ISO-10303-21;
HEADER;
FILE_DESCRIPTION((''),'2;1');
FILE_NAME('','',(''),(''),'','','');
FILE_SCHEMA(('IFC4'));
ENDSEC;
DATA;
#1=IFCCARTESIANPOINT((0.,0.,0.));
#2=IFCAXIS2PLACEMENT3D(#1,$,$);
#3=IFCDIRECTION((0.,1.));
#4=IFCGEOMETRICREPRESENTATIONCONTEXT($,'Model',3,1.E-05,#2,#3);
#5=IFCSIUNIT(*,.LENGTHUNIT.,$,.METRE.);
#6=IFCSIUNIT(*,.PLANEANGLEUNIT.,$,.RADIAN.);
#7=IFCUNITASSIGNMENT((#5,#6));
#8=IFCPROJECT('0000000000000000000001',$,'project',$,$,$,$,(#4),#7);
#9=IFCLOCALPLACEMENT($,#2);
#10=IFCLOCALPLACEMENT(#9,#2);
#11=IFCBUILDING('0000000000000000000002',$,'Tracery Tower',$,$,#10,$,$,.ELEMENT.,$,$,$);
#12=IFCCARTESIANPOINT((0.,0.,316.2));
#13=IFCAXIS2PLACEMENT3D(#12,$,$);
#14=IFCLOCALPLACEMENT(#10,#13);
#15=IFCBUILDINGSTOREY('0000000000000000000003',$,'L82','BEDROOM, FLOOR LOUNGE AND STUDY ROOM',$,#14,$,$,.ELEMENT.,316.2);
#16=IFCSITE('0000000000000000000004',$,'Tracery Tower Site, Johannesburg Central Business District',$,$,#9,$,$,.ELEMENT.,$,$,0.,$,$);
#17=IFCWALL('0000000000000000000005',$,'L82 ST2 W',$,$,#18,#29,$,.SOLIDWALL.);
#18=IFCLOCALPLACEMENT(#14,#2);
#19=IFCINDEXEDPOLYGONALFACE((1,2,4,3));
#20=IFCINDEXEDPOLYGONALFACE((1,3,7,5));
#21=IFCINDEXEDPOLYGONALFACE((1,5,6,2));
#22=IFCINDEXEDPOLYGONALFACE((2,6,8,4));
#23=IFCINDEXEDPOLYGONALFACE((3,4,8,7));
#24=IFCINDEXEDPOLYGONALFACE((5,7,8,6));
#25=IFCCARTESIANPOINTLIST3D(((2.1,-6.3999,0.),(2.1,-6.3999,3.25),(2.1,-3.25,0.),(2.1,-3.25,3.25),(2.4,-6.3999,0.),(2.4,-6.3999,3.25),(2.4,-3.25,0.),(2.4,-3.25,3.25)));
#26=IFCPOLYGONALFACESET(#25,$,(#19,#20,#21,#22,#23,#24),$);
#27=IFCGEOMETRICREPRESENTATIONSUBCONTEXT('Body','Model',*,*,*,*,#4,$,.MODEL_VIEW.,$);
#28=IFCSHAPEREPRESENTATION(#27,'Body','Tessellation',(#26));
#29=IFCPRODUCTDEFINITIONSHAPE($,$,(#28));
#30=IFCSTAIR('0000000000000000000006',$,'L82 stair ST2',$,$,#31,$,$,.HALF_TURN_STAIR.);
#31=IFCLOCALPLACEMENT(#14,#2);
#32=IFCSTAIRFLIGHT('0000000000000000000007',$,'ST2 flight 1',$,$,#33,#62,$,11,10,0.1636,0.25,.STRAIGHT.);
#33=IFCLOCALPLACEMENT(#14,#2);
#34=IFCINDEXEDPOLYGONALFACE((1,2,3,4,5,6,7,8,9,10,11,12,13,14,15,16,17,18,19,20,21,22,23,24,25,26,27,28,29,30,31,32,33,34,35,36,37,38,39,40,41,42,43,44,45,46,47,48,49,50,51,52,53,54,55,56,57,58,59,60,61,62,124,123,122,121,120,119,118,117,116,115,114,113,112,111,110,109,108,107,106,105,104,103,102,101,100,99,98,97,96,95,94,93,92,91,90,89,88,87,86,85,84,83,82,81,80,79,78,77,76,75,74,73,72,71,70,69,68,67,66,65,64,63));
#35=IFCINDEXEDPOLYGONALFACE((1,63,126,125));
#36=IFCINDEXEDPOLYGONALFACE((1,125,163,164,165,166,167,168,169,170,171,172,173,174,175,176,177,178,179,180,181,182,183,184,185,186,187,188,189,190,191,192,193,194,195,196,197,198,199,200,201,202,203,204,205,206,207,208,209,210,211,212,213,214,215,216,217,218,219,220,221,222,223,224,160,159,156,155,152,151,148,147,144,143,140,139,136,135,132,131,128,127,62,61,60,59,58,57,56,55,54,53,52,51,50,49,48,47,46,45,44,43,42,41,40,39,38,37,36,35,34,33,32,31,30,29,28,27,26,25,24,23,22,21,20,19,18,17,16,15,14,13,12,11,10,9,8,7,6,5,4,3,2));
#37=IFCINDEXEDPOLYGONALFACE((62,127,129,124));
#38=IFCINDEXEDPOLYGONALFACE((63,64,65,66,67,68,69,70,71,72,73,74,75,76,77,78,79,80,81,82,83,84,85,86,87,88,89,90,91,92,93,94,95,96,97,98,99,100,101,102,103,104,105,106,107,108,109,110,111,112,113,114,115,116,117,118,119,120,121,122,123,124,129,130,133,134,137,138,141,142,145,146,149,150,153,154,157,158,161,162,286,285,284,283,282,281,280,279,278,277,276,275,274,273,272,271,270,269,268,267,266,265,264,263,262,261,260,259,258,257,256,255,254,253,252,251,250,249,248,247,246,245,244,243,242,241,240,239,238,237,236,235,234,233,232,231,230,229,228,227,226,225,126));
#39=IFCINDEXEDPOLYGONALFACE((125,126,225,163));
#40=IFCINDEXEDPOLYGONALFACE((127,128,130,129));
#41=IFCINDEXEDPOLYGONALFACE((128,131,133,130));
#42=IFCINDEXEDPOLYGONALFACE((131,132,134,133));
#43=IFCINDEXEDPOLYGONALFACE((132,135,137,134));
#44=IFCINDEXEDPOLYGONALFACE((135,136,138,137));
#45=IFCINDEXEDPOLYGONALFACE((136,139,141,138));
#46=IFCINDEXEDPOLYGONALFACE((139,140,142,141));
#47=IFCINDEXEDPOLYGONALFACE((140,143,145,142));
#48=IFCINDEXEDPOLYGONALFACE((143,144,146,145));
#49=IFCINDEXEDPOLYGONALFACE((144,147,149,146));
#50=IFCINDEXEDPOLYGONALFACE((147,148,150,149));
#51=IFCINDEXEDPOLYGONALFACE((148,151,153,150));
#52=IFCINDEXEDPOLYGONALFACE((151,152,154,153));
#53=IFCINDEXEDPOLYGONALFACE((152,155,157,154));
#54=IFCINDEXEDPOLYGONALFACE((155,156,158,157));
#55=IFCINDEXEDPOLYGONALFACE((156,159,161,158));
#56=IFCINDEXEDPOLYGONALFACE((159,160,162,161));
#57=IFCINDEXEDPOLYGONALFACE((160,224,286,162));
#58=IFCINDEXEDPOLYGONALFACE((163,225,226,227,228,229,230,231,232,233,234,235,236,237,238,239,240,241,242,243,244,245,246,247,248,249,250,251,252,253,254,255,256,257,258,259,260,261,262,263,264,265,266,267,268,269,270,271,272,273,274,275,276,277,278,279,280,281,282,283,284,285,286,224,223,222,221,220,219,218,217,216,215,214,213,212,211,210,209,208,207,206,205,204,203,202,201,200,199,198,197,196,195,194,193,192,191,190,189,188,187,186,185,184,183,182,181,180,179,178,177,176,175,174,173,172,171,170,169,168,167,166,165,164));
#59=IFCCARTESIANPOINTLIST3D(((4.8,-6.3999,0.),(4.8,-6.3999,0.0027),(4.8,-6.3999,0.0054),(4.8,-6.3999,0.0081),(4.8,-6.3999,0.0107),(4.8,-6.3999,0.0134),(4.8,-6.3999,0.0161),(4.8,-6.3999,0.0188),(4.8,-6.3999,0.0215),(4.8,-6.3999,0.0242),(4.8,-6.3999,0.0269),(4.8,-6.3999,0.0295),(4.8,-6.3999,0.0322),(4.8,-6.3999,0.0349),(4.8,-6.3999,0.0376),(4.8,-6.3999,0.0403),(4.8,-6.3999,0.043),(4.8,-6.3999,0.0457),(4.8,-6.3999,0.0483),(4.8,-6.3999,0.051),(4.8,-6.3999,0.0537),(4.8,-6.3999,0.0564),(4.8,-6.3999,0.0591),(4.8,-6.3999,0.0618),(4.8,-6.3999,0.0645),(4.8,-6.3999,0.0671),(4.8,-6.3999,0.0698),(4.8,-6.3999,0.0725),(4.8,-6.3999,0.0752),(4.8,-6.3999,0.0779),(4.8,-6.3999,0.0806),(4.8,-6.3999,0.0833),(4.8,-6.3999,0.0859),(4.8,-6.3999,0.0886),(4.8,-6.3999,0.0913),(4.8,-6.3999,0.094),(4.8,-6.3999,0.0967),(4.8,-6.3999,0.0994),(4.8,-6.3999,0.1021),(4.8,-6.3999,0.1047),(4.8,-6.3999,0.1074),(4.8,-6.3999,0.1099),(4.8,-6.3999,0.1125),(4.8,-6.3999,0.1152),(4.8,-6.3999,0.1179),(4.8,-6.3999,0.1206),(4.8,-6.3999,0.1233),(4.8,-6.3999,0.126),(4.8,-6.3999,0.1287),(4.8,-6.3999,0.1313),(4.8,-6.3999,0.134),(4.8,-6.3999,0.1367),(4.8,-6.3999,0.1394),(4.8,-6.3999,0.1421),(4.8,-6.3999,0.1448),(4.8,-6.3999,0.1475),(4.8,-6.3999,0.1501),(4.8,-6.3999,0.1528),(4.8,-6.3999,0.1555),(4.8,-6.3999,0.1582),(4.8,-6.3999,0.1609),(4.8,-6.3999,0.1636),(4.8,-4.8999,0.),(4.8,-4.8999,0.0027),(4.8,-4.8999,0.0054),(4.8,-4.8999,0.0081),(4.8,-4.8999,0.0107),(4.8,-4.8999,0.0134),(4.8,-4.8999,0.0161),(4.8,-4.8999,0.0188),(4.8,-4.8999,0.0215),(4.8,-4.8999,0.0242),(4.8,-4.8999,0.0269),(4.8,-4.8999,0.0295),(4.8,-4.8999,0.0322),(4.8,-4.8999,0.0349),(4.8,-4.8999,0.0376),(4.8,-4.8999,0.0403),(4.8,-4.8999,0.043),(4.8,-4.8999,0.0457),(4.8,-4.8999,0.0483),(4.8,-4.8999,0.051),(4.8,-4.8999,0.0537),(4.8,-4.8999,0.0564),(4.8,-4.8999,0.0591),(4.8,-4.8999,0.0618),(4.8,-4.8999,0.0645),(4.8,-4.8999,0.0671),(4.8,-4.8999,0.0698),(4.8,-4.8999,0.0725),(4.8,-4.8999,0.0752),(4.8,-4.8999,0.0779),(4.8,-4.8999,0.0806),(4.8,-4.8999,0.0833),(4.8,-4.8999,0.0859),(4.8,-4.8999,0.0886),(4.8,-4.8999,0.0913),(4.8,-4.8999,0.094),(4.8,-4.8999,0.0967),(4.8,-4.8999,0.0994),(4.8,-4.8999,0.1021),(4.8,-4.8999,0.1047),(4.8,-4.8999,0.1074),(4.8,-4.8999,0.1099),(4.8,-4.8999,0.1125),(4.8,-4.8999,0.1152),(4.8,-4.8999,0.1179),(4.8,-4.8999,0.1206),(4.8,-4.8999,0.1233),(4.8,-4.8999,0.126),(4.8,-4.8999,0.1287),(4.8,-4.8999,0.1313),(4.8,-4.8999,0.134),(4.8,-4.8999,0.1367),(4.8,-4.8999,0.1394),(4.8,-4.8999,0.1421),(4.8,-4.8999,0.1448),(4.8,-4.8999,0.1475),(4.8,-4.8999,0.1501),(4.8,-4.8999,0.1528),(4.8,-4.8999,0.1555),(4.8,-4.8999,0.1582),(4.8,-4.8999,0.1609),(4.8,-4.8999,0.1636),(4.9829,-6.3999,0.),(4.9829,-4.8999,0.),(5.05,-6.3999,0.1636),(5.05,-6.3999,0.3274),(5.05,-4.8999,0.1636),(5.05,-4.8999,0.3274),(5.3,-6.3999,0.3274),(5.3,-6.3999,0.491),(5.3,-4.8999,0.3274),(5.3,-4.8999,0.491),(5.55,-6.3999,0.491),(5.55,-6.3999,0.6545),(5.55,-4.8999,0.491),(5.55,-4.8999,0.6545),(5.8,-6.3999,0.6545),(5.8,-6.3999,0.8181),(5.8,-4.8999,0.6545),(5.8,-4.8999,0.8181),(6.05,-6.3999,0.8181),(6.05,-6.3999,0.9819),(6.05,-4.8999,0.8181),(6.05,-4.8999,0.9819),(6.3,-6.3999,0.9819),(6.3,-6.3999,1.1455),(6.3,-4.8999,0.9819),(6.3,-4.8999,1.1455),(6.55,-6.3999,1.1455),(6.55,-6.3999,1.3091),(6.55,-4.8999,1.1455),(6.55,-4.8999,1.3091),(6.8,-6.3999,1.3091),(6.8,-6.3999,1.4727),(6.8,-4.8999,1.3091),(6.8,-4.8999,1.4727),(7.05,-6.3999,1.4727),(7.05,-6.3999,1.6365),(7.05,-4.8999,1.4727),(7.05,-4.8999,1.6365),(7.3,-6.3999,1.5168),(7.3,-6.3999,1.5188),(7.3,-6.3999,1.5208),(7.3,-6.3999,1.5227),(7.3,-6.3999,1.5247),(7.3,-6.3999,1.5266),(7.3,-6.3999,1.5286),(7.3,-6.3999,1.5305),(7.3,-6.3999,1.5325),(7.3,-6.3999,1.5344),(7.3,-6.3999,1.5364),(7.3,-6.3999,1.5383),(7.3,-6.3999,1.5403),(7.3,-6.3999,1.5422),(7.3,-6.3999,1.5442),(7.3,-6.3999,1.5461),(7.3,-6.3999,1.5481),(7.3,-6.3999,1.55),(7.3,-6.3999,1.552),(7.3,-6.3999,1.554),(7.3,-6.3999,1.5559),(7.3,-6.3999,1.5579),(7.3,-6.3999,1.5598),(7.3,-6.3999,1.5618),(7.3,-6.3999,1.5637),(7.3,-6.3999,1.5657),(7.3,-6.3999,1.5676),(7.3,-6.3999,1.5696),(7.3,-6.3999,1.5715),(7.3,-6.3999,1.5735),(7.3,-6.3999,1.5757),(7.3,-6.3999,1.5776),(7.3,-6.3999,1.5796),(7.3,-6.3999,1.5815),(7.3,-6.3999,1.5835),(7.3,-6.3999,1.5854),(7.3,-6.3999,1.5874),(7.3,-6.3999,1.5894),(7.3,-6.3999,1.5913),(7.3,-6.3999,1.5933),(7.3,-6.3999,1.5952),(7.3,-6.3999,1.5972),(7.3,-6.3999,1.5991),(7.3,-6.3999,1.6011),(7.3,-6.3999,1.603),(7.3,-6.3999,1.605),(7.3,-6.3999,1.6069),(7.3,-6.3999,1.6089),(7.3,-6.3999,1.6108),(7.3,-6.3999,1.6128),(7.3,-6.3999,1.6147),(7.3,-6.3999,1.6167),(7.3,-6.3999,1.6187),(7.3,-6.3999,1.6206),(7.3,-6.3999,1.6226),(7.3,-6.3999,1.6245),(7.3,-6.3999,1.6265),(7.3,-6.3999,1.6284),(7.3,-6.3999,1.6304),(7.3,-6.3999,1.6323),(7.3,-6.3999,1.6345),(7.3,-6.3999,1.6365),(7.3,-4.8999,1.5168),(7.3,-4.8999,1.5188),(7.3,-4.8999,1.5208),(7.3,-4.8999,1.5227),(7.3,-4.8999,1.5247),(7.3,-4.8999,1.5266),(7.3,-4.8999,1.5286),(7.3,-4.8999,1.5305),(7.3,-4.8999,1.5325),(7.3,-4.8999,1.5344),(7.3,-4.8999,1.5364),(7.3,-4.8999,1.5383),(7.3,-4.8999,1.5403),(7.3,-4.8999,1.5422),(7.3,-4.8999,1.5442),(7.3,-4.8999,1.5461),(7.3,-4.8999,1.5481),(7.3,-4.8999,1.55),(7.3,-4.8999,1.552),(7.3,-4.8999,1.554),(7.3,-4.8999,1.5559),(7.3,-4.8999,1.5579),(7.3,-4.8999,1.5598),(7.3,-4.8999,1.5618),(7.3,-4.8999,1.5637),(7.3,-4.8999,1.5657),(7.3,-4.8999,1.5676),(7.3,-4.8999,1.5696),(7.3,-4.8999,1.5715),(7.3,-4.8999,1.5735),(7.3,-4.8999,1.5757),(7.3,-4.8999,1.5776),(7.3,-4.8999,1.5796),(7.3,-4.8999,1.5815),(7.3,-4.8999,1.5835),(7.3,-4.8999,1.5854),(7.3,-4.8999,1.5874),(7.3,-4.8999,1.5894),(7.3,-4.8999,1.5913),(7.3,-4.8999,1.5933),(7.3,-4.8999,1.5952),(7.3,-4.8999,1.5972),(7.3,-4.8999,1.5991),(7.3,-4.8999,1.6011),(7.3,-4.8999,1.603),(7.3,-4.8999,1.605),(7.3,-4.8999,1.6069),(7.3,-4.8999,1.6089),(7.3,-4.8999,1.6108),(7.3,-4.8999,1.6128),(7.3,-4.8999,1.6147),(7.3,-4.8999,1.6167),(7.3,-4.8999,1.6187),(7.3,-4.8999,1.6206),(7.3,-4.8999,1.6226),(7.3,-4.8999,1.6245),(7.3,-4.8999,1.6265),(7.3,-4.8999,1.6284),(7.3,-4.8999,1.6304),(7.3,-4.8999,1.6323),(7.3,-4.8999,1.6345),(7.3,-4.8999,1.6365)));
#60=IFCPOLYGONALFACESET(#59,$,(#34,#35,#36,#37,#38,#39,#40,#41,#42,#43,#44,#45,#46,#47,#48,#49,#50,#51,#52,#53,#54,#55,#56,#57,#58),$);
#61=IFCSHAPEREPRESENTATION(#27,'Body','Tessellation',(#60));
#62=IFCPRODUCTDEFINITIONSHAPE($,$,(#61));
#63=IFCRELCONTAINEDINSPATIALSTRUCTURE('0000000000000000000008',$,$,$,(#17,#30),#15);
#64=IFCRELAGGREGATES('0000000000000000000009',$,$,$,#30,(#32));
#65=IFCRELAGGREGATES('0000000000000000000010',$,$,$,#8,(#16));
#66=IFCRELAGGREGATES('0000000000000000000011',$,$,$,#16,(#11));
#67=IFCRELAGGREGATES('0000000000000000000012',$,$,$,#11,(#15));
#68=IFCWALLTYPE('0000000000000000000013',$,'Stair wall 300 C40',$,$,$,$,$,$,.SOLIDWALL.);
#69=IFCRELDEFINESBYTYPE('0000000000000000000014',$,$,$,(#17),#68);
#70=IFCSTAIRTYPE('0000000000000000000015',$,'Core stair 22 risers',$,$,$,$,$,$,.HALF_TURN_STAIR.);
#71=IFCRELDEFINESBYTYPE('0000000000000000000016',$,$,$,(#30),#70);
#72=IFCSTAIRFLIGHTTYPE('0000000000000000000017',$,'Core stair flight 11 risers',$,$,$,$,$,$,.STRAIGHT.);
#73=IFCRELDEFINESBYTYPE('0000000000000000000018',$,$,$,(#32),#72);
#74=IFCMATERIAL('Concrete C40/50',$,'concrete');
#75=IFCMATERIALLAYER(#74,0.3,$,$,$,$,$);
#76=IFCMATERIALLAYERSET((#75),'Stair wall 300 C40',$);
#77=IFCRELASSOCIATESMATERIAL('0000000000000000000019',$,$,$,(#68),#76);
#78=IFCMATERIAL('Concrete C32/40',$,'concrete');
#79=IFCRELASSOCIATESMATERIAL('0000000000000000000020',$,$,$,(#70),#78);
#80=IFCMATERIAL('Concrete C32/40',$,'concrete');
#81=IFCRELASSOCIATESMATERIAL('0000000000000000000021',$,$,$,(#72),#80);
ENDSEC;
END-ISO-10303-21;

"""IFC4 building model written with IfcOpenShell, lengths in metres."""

from ifc_helpers import new_model, si_unit, direction, frame, frame_2d, origin, place, context, subcontext, project, spatial, polyline, rectangle, outline, extrude, material, layer, layer_set, type_object, element, aggregate, save


model = new_model("IFC4")

# Units and contexts
model_context = context("Model", 3, precision=1e-05, world=origin(), true_north=direction((0.0, 1.0)))
body_context = subcontext(model_context, "Body", "Model", "MODEL_VIEW")
ifc_project = project(units=[si_unit("LENGTHUNIT", "METRE"), si_unit("PLANEANGLEUNIT", "RADIAN")], contexts=[model_context])

# Site, building, storey
site_placement = place(None, origin())
site = spatial("IfcSite", under=ifc_project, at=site_placement, Name="Tracery Tower Site, Johannesburg Central Business District", CompositionType="ELEMENT", RefElevation=0.0)
building_placement = place(site_placement, origin())
building = spatial("IfcBuilding", under=site, at=building_placement, Name="Tracery Tower", CompositionType="ELEMENT")
storey_placement = place(building_placement, frame((0.0, 0.0, 316.2)))
storey = spatial("IfcBuildingStorey", under=building, at=storey_placement, Name="L82", Description="BEDROOM, FLOOR LOUNGE AND STUDY ROOM", CompositionType="ELEMENT", Elevation=316.2)

# Shared definitions
ifc_material_1 = material(Name="Concrete C40/50", Category="concrete")
ifc_layer_1 = layer(ifc_material_1, 0.3)
ifc_layer_set_1 = layer_set([ifc_layer_1], Name="Stair wall 300 C40")
wall_type_1 = type_object("IfcWallType", Name="Stair wall 300 C40", PredefinedType="SOLIDWALL", material=ifc_layer_set_1)

# Wall
wall_1_placement = place(storey_placement, frame((2.25, -6.3999, 0.0), z_axis=(0.0, 0.0, 1.0), x_axis=(0.0, 1.0, 0.0)))
element("IfcWall", 1, at=wall_1_placement, inside=storey, type_object=wall_type_1, Name="L82 ST2 W", PredefinedType="SOLIDWALL", context=body_context, shape_type="SweptSolid", body=[
    extrude(rectangle(XDim=3.1499, YDim=0.3, at=frame_2d((1.575, 0.0))), origin(), (0.0, 0.0, 1.0), 3.25),
])

# Stair, stair flight
ifc_material_2 = material(Name="Concrete C32/40", Category="concrete")
stair_type = type_object("IfcStairType", Name="Core stair 22 risers", PredefinedType="HALF_TURN_STAIR", material=ifc_material_2)
stair_placement = place(storey_placement, origin())
stair = element("IfcStair", 2, at=stair_placement, inside=storey, type_object=stair_type, Name="L82 stair ST2", PredefinedType="HALF_TURN_STAIR")
ifc_material_3 = material(Name="Concrete C32/40", Category="concrete")
stair_flight_type = type_object("IfcStairFlightType", Name="Core stair flight 11 risers", PredefinedType="STRAIGHT", material=ifc_material_3)
stair_flight_placement = place(storey_placement, frame((4.8, -5.6499, 0.0), z_axis=(0.0, 0.0, 1.0), x_axis=(1.0, 0.0, 0.0)))
stair_flight = element("IfcStairFlight", 3, at=stair_flight_placement, type_object=stair_flight_type, Name="ST2 flight 1", NumberOfRisers=11, NumberOfTreads=10, PredefinedType="STRAIGHT", RiserHeight=0.1636, TreadLength=0.25, context=body_context, shape_type="SweptSolid", body=[
    extrude(outline(polyline([(0.0, 0.0), (0.0, 0.0027), (0.0, 0.0054), (0.0, 0.0081), (0.0, 0.0107), (0.0, 0.0134), (0.0, 0.0161), (0.0, 0.0188), (0.0, 0.0215), (0.0, 0.0242), (0.0, 0.0269), (0.0, 0.0295), (0.0, 0.0322), (0.0, 0.0349), (0.0, 0.0376), (0.0, 0.0403), (0.0, 0.043), (0.0, 0.0457), (0.0, 0.0483), (0.0, 0.051), (0.0, 0.0537), (0.0, 0.0564), (0.0, 0.0591), (0.0, 0.0618), (0.0, 0.0645), (0.0, 0.0671), (0.0, 0.0698), (0.0, 0.0725), (0.0, 0.0752), (0.0, 0.0779), (0.0, 0.0806), (0.0, 0.0833), (0.0, 0.0859), (0.0, 0.0886), (0.0, 0.0913), (0.0, 0.094), (0.0, 0.0967), (0.0, 0.0994), (0.0, 0.1021), (0.0, 0.1047), (0.0, 0.1074), (0.0, 0.1099), (0.0, 0.1125), (0.0, 0.1152), (0.0, 0.1179), (0.0, 0.1206), (0.0, 0.1233), (0.0, 0.126), (0.0, 0.1287), (0.0, 0.1313), (0.0, 0.134), (0.0, 0.1367), (0.0, 0.1394), (0.0, 0.1421), (0.0, 0.1448), (0.0, 0.1475), (0.0, 0.1501), (0.0, 0.1528), (0.0, 0.1555), (0.0, 0.1582), (0.0, 0.1609), (0.0, 0.1636), (0.25, 0.1636), (0.25, 0.3274), (0.5, 0.3274), (0.5, 0.491), (0.75, 0.491), (0.75, 0.6545), (1.0, 0.6545), (1.0, 0.8181), (1.25, 0.8181), (1.25, 0.9819), (1.5, 0.9819), (1.5, 1.1455), (1.75, 1.1455), (1.75, 1.3091), (2.0, 1.3091), (2.0, 1.4727), (2.25, 1.4727), (2.25, 1.6365), (2.5, 1.6365), (2.5, 1.6345), (2.5, 1.6323), (2.5, 1.6304), (2.5, 1.6284), (2.5, 1.6265), (2.5, 1.6245), (2.5, 1.6226), (2.5, 1.6206), (2.5, 1.6187), (2.5, 1.6167), (2.5, 1.6147), (2.5, 1.6128), (2.5, 1.6108), (2.5, 1.6089), (2.5, 1.6069), (2.5, 1.605), (2.5, 1.603), (2.5, 1.6011), (2.5, 1.5991), (2.5, 1.5972), (2.5, 1.5952), (2.5, 1.5933), (2.5, 1.5913), (2.5, 1.5894), (2.5, 1.5874), (2.5, 1.5854), (2.5, 1.5835), (2.5, 1.5815), (2.5, 1.5796), (2.5, 1.5776), (2.5, 1.5757), (2.5, 1.5735), (2.5, 1.5715), (2.5, 1.5696), (2.5, 1.5676), (2.5, 1.5657), (2.5, 1.5637), (2.5, 1.5618), (2.5, 1.5598), (2.5, 1.5579), (2.5, 1.5559), (2.5, 1.554), (2.5, 1.552), (2.5, 1.55), (2.5, 1.5481), (2.5, 1.5461), (2.5, 1.5442), (2.5, 1.5422), (2.5, 1.5403), (2.5, 1.5383), (2.5, 1.5364), (2.5, 1.5344), (2.5, 1.5325), (2.5, 1.5305), (2.5, 1.5286), (2.5, 1.5266), (2.5, 1.5247), (2.5, 1.5227), (2.5, 1.5208), (2.5, 1.5188), (2.5, 1.5168), (0.1829, 0.0), (0.0, 0.0)])), frame((0.0, 0.75, 0.0), z_axis=(0.0, -1.0, 0.0), x_axis=(1.0, 0.0, 0.0)), (0.0, 0.0, 1.0), 1.5),
])
aggregate(stair, [stair_flight])

save(model, "model.ifc")
